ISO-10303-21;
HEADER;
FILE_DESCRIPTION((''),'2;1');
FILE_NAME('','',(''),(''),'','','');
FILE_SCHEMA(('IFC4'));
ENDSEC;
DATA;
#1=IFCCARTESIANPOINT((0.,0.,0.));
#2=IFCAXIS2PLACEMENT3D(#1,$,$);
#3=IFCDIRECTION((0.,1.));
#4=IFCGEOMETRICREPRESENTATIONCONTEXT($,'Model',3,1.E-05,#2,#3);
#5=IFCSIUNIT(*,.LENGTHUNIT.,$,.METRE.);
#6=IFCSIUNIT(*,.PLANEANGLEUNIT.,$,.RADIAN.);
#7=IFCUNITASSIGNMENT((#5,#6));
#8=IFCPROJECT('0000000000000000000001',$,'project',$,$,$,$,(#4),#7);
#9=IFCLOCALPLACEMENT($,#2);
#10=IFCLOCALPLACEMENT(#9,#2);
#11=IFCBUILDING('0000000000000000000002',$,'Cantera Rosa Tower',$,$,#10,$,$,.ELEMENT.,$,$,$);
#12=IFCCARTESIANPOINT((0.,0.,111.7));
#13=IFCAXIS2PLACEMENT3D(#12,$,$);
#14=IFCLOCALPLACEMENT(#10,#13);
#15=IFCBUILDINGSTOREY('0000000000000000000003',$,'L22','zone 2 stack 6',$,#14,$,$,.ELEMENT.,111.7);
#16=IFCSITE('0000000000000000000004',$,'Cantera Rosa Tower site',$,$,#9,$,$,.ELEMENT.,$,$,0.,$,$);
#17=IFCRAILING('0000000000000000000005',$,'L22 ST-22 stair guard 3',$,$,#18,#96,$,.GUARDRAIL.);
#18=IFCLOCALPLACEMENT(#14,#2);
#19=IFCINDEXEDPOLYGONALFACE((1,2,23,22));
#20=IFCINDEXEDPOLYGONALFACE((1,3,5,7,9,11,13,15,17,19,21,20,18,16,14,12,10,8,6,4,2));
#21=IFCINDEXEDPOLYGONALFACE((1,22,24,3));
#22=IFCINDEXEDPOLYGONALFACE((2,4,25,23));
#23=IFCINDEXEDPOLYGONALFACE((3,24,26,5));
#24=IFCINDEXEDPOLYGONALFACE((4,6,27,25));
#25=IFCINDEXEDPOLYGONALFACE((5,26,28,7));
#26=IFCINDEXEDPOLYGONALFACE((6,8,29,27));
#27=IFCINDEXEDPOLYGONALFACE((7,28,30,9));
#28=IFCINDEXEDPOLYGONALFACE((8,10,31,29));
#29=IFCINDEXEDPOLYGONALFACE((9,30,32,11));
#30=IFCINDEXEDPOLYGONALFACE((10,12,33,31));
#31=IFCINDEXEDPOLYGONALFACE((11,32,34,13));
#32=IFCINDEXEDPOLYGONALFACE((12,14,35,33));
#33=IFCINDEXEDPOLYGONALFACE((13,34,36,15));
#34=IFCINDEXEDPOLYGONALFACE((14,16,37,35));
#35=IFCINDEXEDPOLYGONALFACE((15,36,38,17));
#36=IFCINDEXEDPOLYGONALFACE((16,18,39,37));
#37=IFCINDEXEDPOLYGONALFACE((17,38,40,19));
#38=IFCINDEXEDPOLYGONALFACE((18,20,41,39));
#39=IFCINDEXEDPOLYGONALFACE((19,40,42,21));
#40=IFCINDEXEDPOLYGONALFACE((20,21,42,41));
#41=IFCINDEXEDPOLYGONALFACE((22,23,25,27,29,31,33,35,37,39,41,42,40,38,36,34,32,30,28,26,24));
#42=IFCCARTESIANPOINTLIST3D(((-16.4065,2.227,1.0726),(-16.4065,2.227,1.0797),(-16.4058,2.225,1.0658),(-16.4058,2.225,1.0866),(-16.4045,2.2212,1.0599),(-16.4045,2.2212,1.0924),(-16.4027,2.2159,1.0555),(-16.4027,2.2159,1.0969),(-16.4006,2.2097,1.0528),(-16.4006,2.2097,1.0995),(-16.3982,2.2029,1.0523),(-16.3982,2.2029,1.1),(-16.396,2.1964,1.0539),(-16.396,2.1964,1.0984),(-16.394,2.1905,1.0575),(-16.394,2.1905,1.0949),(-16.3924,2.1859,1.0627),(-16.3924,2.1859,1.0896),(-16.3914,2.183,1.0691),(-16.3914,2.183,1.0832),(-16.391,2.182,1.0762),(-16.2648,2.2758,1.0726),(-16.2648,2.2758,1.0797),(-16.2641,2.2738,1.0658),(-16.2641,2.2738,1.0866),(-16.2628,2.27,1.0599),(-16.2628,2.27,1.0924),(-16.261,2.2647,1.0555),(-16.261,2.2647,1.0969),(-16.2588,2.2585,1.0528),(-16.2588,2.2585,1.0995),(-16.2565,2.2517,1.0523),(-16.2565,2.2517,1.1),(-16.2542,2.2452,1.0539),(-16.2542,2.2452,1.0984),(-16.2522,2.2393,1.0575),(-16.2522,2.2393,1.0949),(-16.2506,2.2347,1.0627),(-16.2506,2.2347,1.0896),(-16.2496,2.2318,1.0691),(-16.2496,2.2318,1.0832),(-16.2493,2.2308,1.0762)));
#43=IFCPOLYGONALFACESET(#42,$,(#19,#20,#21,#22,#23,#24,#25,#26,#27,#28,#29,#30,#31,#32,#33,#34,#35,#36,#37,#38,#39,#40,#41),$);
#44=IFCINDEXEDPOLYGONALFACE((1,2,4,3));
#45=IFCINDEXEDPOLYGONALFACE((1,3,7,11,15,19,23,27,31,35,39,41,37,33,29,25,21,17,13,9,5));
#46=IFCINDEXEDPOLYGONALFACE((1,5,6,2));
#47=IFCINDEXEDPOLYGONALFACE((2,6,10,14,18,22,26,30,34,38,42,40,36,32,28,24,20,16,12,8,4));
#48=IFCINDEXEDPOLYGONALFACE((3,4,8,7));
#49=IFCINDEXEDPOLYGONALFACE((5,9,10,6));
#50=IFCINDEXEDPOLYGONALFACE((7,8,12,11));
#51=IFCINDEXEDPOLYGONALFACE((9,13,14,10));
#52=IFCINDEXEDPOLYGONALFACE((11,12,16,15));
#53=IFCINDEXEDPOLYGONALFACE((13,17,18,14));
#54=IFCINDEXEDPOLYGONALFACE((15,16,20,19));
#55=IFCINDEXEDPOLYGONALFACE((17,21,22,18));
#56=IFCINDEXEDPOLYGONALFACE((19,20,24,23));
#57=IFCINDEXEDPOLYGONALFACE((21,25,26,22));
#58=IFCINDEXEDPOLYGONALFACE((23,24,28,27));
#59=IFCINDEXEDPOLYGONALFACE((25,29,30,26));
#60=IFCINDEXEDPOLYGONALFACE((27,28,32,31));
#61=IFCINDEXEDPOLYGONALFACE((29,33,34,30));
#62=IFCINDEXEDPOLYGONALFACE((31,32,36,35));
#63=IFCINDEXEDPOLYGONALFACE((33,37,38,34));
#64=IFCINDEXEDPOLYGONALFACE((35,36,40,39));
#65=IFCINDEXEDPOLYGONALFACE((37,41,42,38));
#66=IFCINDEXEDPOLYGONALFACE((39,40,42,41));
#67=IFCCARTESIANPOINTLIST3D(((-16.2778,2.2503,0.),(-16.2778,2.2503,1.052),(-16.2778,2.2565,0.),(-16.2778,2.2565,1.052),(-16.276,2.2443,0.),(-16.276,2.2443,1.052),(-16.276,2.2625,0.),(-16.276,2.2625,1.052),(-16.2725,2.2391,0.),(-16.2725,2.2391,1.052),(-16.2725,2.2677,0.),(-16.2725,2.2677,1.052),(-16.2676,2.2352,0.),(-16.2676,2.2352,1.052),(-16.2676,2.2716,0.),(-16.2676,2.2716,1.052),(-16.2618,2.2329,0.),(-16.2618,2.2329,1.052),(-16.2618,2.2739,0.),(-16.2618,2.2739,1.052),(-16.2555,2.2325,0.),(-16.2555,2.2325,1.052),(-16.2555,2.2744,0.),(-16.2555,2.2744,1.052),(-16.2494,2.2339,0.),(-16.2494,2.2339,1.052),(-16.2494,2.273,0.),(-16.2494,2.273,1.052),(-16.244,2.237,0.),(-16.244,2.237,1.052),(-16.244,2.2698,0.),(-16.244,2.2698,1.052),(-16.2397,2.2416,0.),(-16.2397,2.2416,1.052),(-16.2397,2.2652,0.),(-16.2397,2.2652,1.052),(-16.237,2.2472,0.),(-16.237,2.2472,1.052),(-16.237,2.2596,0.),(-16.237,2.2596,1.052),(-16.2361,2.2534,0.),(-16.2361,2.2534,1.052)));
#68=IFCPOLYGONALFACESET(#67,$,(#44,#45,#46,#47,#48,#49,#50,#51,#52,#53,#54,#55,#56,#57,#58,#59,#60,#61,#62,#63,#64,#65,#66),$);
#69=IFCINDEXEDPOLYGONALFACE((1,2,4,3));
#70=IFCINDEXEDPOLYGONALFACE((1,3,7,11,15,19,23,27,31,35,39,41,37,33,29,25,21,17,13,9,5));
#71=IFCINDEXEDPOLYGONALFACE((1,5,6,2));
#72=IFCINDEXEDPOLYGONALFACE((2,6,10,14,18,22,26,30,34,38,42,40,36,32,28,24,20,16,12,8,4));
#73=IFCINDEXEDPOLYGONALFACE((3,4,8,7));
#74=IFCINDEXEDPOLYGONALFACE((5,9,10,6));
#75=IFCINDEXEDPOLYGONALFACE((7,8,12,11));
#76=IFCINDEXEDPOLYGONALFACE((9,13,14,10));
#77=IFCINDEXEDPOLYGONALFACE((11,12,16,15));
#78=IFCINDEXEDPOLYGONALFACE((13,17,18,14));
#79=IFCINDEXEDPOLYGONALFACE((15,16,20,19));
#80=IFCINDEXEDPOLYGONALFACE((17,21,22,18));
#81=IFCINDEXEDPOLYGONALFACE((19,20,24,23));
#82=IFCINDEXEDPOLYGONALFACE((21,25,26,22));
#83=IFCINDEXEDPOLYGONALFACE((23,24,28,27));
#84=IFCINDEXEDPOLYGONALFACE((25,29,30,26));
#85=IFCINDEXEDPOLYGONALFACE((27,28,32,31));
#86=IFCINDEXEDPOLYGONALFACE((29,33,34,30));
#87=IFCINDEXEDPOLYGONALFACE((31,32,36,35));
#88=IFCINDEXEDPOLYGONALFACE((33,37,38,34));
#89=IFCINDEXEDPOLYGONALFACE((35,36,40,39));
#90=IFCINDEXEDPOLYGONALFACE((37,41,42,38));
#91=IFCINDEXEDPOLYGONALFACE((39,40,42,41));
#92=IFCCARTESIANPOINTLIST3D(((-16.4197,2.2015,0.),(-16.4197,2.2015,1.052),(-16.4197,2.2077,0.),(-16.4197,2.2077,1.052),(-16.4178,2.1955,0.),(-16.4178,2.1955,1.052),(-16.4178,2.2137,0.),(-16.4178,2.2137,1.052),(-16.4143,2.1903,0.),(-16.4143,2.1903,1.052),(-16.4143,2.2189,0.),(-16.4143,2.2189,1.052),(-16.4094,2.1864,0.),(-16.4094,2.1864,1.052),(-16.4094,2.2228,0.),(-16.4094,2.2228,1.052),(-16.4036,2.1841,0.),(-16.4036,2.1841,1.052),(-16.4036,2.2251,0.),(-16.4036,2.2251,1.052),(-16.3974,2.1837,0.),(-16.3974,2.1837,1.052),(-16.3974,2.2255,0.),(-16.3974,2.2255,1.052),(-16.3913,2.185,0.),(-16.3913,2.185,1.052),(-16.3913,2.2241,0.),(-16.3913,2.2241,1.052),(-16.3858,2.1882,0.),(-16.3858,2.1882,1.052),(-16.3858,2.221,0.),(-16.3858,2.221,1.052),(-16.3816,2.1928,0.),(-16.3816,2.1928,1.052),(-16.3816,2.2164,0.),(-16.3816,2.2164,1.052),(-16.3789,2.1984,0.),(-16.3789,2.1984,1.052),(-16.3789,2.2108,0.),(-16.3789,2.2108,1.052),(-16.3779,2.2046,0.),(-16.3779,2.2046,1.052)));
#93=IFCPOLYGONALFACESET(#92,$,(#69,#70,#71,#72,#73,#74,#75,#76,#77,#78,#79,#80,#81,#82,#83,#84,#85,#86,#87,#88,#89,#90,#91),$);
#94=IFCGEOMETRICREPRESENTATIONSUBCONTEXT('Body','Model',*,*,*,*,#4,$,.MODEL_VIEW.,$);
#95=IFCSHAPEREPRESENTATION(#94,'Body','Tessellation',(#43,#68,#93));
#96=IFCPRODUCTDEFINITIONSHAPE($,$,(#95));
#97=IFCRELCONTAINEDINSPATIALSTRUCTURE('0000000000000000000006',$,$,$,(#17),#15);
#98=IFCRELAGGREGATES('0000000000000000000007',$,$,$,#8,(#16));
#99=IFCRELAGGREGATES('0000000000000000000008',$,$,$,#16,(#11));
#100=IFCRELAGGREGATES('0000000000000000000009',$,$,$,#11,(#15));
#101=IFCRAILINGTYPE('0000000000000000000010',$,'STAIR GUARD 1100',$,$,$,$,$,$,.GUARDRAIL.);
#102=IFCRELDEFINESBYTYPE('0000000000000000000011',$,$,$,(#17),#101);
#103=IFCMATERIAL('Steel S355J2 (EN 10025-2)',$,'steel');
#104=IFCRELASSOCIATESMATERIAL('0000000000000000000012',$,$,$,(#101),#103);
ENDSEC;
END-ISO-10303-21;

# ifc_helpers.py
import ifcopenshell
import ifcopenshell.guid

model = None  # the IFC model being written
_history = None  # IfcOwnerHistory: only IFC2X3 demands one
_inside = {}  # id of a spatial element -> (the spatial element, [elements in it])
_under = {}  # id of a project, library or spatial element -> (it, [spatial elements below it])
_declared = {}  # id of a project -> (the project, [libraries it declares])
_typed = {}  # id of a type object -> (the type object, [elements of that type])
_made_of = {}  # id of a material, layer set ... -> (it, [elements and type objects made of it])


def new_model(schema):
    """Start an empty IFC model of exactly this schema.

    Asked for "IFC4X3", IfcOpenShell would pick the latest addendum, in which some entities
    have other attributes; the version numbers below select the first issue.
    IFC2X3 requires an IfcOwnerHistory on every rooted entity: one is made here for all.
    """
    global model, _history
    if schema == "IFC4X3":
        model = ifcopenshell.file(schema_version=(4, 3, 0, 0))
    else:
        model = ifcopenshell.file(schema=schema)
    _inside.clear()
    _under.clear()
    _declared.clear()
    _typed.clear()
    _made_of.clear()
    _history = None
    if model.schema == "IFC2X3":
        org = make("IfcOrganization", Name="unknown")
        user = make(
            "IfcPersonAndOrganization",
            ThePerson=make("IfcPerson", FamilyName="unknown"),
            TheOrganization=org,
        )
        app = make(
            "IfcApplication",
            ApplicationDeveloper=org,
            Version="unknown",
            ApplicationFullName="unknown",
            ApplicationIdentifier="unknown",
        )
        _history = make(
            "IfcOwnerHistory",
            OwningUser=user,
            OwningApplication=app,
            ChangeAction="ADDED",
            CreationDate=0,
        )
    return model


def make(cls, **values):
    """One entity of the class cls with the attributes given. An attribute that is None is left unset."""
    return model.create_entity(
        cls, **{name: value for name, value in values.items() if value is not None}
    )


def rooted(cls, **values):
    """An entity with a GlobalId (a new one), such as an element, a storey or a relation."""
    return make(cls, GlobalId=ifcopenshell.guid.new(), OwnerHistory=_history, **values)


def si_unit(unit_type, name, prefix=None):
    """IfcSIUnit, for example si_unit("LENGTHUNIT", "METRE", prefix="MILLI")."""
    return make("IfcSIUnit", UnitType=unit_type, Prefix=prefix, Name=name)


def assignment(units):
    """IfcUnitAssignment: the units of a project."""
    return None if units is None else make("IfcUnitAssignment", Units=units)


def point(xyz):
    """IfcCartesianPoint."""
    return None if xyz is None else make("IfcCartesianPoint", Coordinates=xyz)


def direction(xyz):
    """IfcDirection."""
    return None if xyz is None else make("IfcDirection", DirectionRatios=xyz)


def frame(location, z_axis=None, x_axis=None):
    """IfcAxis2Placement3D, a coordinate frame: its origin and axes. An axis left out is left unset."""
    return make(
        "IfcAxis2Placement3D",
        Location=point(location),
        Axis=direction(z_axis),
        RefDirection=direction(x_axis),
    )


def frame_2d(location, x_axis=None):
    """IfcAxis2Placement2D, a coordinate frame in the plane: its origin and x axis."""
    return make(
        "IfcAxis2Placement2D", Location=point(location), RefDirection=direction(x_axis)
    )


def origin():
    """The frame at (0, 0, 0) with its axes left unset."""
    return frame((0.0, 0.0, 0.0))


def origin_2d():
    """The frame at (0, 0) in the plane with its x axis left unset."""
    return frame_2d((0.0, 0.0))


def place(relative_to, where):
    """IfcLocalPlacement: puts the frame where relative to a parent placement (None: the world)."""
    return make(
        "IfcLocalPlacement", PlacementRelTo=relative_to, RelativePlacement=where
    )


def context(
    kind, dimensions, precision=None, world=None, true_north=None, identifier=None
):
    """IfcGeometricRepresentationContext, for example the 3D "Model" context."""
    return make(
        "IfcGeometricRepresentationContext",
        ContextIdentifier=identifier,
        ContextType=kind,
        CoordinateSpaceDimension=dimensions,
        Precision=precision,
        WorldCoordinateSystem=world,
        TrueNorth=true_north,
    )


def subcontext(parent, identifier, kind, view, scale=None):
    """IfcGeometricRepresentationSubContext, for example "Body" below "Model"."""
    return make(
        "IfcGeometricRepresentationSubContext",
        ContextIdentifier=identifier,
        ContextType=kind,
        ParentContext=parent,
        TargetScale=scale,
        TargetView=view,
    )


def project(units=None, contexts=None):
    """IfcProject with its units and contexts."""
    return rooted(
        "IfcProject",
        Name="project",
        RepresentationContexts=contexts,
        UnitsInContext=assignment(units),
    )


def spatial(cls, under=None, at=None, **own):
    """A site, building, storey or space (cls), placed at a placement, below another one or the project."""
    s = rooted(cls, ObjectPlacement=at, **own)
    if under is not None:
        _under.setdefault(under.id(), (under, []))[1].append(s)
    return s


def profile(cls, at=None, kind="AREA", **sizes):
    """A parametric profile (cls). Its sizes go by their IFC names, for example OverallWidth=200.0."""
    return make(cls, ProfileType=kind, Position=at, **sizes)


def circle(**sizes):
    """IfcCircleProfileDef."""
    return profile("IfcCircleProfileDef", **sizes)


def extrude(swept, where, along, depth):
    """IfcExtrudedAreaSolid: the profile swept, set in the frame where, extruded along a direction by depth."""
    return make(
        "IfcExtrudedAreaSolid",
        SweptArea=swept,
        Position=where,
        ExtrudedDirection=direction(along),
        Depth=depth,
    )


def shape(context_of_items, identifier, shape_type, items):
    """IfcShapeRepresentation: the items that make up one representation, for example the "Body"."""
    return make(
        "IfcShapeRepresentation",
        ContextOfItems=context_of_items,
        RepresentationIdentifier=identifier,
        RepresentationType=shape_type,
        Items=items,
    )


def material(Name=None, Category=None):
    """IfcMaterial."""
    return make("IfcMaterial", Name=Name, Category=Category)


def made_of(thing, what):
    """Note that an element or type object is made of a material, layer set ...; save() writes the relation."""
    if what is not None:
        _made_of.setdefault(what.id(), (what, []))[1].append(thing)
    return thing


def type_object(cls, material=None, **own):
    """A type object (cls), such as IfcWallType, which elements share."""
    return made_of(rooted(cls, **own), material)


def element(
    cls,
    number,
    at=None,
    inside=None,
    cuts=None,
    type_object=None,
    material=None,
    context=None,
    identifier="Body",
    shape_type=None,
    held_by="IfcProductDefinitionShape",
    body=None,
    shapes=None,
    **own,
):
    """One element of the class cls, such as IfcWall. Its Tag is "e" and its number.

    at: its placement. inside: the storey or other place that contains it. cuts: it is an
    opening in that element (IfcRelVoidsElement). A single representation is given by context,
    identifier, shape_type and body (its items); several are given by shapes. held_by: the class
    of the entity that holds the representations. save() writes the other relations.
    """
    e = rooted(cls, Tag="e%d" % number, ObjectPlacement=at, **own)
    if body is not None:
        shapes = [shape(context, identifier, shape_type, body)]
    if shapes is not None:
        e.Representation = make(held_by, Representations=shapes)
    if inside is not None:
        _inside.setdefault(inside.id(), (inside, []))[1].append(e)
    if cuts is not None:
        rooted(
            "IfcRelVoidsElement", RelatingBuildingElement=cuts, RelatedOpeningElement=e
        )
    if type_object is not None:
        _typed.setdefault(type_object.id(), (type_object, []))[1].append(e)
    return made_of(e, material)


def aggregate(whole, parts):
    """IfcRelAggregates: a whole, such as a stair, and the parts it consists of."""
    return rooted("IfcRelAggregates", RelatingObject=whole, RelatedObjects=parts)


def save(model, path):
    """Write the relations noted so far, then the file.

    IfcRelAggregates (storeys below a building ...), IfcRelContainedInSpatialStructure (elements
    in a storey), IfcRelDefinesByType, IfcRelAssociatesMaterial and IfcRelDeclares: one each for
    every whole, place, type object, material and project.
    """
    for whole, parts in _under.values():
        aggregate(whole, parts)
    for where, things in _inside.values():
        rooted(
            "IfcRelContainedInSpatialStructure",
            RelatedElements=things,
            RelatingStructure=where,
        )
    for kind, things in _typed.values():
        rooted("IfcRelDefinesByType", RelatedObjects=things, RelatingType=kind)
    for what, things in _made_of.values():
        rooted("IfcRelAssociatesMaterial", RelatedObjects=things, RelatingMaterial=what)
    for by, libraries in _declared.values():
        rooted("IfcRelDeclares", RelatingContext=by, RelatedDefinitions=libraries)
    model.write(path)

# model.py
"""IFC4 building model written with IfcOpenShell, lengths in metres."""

from ifc_helpers import new_model, si_unit, direction, frame, origin, origin_2d, place, context, subcontext, project, spatial, circle, extrude, material, type_object, element, save


model = new_model("IFC4")

# Units and contexts
model_context = context("Model", 3, precision=1e-05, world=origin(), true_north=direction((0.0, 1.0)))
body_context = subcontext(model_context, "Body", "Model", "MODEL_VIEW")
ifc_project = project(units=[si_unit("LENGTHUNIT", "METRE"), si_unit("PLANEANGLEUNIT", "RADIAN")], contexts=[model_context])

# Site, building, storey
site_placement = place(None, origin())
site = spatial("IfcSite", under=ifc_project, at=site_placement, Name="Cantera Rosa Tower site", CompositionType="ELEMENT", RefElevation=0.0)
building_placement = place(site_placement, origin())
building = spatial("IfcBuilding", under=site, at=building_placement, Name="Cantera Rosa Tower", CompositionType="ELEMENT")
storey_placement = place(building_placement, frame((0.0, 0.0, 111.7)))
storey = spatial("IfcBuildingStorey", under=building, at=storey_placement, Name="L22", Description="zone 2 stack 6", CompositionType="ELEMENT", Elevation=111.7)

# Railing
ifc_material_1 = material(Name="Steel S355J2 (EN 10025-2)", Category="steel")
railing_type_1 = type_object("IfcRailingType", Name="STAIR GUARD 1100", PredefinedType="GUARDRAIL", material=ifc_material_1)
railing_1_placement = place(storey_placement, frame((-16.2571, 2.2534, 0.0)))
element("IfcRailing", 1, at=railing_1_placement, inside=storey, type_object=railing_type_1, Name="L22 ST-22 stair guard 3", PredefinedType="GUARDRAIL", context=body_context, shape_type="SweptSolid", body=[
    extrude(circle(Radius=0.0239, at=origin_2d()), frame((0.0, 0.0, 1.0762), z_axis=(-0.945546, -0.325489, 0.0), x_axis=(0.325489, -0.945546, 0.0)), (0.0, 0.0, 1.0), 0.1499),
    extrude(circle(Radius=0.021, at=origin_2d()), origin(), (0.0, 0.0, 1.0), 1.052),
    extrude(circle(Radius=0.021, at=origin_2d()), frame((-0.1418, -0.0488, 0.0)), (0.0, 0.0, 1.0), 1.052),
])

save(model, "model.ifc")
